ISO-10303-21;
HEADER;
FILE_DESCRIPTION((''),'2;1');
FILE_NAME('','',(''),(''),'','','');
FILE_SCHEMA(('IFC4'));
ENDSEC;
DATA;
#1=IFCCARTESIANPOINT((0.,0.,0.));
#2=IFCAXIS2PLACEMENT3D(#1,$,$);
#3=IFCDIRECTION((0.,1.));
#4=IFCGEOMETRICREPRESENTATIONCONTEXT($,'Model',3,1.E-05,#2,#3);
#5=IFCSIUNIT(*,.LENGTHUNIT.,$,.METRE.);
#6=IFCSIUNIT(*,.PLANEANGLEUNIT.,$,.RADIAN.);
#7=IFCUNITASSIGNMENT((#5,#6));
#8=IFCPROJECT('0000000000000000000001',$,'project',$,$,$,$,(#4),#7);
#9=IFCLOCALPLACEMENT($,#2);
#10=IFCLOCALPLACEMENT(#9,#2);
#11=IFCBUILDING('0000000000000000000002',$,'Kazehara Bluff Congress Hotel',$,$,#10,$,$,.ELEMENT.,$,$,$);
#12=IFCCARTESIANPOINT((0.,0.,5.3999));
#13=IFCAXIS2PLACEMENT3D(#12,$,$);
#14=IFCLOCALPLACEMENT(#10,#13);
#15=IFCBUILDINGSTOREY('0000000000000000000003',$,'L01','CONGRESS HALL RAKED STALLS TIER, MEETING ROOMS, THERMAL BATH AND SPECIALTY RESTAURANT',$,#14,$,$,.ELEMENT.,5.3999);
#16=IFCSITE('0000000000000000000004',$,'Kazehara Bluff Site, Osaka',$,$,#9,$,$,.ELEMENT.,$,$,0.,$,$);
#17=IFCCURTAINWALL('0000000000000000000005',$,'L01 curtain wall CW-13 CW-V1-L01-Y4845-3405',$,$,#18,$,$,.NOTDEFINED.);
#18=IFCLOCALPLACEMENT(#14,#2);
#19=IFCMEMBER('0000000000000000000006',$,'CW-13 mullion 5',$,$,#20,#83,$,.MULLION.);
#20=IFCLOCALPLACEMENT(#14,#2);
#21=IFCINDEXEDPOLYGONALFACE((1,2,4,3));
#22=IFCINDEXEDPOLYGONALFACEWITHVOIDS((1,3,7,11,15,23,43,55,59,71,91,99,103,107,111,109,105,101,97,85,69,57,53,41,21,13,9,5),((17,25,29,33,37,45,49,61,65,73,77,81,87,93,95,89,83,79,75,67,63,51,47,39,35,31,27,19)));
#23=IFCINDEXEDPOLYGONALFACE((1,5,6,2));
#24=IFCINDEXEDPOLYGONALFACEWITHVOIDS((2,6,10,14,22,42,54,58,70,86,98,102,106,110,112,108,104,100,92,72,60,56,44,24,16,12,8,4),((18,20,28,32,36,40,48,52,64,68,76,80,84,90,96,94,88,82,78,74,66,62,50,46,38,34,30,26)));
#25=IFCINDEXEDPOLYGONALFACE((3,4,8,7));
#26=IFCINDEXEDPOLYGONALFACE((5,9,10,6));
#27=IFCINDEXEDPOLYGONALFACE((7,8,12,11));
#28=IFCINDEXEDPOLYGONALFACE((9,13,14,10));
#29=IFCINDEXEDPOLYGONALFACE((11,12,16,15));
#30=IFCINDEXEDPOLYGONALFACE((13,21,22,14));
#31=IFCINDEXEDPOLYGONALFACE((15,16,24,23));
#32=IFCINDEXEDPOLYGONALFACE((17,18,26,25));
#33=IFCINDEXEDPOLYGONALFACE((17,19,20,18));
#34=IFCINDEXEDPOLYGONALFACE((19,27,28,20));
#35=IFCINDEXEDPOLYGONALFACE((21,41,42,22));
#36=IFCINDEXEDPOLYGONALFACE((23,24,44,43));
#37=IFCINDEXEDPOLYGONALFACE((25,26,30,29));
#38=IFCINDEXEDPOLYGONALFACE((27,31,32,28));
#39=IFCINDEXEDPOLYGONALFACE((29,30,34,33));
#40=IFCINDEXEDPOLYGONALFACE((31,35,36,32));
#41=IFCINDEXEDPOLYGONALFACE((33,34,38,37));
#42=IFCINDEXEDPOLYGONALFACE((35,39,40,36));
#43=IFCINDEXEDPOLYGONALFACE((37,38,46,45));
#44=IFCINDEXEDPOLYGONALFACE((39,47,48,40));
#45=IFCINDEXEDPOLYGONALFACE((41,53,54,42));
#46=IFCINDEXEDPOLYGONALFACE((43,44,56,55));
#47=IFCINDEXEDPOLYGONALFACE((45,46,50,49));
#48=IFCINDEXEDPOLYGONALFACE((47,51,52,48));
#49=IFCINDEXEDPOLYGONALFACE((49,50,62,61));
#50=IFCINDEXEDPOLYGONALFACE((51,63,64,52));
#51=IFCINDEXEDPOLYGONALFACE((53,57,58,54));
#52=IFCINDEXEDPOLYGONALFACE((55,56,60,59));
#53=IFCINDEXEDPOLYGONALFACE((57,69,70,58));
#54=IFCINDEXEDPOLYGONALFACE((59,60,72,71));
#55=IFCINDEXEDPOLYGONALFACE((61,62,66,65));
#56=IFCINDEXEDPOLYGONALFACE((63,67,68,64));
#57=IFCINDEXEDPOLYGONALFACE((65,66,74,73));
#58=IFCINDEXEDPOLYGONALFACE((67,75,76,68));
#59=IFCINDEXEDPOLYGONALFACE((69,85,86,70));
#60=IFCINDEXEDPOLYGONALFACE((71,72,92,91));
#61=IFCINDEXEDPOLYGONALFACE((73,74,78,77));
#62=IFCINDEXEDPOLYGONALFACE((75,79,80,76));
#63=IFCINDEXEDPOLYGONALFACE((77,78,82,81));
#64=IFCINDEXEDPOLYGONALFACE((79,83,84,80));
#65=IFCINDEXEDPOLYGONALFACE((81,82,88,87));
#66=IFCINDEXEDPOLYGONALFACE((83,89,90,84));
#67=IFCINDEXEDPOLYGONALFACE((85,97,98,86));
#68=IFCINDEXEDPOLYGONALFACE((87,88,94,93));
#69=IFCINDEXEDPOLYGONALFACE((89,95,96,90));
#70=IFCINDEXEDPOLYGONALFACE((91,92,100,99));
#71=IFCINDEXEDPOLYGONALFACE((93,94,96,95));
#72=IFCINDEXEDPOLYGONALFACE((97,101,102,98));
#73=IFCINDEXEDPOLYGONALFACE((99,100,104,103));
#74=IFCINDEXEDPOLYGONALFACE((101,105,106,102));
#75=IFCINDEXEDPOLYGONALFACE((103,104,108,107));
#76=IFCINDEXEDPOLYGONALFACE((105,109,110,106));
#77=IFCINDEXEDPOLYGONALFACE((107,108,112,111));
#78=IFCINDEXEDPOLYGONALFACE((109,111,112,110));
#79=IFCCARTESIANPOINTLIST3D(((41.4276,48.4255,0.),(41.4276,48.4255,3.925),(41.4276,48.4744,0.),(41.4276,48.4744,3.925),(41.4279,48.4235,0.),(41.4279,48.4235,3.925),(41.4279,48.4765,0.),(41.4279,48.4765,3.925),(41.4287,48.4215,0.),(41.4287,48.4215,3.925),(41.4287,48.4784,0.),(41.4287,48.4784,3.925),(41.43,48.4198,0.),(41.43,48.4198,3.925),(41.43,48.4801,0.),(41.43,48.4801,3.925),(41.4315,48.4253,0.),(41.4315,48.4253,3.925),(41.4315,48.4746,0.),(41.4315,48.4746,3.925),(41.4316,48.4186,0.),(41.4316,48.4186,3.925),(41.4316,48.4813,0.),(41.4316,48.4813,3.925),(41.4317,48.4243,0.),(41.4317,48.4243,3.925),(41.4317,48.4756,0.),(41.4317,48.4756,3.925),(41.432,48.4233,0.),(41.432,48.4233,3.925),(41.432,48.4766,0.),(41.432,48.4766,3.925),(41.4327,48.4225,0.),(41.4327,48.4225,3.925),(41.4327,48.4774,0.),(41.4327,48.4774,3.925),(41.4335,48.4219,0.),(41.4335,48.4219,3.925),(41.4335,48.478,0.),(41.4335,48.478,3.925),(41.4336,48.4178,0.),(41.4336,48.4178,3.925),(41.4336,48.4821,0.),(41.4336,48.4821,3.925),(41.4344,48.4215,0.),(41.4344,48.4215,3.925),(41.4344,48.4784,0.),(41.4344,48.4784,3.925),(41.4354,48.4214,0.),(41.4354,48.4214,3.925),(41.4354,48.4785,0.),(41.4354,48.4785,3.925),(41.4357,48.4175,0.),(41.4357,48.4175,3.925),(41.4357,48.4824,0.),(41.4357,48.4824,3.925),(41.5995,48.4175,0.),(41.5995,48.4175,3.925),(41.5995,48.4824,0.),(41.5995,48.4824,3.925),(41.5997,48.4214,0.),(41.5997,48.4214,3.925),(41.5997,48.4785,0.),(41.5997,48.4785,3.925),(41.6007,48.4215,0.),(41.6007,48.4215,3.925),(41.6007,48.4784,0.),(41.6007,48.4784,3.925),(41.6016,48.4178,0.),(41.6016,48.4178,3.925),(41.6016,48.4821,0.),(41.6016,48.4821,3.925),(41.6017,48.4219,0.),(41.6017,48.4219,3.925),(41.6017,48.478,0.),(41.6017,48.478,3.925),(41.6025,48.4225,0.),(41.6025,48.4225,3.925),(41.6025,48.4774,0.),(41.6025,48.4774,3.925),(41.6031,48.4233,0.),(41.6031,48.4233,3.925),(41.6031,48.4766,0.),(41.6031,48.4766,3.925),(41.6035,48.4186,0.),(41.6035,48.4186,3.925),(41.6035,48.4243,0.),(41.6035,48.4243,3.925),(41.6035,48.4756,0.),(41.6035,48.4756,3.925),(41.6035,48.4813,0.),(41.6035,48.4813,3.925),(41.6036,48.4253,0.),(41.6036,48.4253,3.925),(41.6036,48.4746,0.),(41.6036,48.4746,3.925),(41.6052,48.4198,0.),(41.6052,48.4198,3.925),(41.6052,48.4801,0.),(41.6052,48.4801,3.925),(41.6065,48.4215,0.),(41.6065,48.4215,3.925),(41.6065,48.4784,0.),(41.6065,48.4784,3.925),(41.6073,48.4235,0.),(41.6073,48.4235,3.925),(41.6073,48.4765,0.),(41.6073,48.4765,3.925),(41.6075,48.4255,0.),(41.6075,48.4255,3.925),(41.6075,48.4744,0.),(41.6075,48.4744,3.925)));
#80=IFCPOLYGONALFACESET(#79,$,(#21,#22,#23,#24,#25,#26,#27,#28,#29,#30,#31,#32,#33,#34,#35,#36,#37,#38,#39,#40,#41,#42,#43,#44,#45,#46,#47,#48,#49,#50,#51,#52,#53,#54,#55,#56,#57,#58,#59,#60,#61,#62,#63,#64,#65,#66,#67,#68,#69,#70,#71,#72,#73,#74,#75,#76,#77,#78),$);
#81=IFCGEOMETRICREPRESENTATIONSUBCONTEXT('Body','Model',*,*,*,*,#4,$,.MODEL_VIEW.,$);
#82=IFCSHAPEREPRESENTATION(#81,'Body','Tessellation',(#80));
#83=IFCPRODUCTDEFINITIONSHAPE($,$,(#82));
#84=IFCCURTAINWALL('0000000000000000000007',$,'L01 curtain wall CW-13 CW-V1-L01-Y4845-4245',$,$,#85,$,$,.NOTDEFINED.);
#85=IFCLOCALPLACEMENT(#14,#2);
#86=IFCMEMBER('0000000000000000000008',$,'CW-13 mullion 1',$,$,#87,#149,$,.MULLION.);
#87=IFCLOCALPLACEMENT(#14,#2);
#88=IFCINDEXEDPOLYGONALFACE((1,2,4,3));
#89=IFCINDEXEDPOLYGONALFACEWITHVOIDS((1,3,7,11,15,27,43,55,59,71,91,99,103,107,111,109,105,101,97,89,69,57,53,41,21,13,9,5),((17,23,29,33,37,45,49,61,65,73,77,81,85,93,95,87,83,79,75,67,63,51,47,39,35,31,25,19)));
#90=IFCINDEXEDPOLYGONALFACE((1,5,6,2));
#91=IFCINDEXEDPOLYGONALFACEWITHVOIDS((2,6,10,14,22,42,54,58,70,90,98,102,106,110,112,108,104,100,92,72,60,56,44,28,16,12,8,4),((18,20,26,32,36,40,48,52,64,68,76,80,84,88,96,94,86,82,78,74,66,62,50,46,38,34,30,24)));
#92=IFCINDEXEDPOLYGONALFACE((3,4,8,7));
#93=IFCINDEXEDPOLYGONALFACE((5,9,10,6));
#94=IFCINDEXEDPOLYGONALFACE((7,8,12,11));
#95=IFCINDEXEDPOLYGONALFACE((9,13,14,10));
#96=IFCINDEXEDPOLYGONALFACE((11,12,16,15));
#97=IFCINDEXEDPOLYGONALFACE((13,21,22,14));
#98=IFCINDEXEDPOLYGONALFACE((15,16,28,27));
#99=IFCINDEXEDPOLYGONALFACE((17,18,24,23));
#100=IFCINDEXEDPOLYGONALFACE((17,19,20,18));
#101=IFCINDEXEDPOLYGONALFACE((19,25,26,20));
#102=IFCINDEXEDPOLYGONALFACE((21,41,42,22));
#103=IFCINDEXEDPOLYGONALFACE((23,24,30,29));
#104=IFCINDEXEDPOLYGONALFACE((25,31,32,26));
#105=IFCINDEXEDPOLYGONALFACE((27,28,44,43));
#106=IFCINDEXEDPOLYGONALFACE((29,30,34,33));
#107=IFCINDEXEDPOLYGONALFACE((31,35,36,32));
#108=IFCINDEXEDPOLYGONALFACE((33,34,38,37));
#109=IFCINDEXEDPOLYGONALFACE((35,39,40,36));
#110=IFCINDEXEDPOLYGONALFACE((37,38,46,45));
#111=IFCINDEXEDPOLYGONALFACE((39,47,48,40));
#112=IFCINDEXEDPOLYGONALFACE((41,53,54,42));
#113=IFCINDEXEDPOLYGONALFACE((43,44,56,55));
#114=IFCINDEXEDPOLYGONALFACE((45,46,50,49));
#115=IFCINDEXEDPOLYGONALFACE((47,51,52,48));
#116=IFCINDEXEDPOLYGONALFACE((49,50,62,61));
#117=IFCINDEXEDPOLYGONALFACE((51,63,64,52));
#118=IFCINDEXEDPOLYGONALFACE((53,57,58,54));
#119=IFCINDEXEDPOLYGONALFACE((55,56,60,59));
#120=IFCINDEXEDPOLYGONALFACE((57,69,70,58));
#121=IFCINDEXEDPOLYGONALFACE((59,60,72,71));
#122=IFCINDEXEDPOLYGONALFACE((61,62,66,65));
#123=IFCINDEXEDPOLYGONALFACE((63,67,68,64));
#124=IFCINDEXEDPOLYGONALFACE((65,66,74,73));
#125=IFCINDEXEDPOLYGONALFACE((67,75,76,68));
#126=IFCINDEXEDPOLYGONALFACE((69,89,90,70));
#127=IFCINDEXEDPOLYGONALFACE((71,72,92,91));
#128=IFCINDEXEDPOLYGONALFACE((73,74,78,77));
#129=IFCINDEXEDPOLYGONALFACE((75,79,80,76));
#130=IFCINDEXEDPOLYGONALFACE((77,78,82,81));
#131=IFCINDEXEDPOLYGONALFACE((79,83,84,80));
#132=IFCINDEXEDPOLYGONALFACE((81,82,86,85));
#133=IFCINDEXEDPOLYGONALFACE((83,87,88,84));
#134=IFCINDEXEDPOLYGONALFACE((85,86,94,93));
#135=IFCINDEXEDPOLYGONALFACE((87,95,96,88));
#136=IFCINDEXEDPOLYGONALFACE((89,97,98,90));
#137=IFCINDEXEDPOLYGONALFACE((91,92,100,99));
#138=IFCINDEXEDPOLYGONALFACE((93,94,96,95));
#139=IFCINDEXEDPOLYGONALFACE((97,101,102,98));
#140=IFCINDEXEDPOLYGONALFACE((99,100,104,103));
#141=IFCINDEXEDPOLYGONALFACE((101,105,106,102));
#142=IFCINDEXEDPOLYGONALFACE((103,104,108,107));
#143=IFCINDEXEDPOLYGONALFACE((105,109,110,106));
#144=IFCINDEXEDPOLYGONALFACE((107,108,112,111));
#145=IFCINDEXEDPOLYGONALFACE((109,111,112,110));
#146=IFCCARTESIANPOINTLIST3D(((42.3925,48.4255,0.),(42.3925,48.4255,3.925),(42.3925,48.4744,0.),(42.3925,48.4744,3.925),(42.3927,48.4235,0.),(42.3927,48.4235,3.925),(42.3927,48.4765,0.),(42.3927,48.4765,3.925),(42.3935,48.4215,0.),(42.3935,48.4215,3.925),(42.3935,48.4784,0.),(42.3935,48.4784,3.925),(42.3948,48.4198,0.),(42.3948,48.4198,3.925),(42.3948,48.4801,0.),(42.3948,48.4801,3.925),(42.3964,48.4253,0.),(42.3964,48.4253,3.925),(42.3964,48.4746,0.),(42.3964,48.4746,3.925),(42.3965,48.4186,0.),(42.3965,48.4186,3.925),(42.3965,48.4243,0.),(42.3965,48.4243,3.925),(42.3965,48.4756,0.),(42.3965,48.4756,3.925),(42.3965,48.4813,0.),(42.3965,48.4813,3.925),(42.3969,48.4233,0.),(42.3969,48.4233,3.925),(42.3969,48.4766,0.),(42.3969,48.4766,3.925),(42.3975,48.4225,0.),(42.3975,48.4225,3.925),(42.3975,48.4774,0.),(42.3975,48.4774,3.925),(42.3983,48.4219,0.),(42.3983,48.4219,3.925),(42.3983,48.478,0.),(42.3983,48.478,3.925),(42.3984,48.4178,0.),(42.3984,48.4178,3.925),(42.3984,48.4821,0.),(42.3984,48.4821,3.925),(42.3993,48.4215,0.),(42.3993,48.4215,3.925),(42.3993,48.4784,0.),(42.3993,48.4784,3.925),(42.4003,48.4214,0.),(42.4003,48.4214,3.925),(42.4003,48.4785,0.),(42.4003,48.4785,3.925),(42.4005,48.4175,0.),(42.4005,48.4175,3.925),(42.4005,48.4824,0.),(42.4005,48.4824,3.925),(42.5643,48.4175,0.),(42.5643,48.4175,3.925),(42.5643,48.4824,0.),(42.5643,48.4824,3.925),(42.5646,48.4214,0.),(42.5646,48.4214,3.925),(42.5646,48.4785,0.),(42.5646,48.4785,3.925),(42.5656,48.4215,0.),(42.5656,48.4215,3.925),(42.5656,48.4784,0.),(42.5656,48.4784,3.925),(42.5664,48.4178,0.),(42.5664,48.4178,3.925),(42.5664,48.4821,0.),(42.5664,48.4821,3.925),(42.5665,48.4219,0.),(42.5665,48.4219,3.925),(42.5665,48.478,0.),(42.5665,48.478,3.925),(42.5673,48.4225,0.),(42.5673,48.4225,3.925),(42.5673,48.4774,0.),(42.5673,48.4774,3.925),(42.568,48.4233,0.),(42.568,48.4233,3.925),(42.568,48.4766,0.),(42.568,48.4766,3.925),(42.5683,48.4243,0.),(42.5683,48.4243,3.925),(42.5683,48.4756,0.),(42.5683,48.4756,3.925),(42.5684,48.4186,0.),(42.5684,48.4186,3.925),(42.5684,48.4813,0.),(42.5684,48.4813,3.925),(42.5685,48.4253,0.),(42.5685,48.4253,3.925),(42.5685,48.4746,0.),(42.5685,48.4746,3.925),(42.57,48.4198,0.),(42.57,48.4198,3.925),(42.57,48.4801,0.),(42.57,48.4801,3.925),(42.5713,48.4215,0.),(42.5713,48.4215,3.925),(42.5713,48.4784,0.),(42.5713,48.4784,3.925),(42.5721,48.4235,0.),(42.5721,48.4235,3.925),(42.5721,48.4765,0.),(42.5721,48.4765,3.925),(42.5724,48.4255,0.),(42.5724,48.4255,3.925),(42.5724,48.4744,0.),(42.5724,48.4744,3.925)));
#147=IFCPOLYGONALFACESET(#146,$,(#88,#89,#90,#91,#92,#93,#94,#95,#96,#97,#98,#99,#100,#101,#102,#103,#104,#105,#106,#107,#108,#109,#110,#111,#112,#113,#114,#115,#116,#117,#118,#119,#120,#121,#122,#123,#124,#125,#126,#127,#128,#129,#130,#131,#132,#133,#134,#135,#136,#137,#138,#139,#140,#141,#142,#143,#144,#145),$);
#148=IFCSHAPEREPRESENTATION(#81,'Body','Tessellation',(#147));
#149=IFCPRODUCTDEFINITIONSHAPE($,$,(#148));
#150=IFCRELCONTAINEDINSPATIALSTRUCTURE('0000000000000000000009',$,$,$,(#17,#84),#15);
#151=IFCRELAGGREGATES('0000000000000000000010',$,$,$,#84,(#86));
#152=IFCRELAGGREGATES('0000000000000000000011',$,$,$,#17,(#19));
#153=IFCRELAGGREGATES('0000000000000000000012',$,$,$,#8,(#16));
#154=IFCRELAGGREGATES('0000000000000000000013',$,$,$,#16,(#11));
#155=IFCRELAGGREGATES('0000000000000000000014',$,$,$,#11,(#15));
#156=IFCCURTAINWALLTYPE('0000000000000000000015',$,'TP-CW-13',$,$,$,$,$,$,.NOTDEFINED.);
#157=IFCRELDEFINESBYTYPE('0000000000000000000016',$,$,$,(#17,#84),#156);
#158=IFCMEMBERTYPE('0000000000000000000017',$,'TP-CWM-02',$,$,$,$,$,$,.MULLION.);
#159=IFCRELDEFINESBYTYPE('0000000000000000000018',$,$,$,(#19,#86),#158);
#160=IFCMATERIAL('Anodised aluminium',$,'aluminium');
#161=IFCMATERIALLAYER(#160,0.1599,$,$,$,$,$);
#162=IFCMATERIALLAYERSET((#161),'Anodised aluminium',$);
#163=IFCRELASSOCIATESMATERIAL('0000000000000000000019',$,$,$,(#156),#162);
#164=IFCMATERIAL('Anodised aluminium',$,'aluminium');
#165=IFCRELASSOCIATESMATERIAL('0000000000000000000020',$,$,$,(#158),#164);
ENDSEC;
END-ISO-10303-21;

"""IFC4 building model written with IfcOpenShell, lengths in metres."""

from ifc_helpers import new_model, si_unit, direction, frame, origin, origin_2d, place, context, subcontext, project, spatial, hollow_rectangle, extrude, material, layer, layer_set, material_profile, profile_set, type_object, element, aggregate, save


model = new_model("IFC4")

# Units and contexts
model_context = context("Model", 3, precision=1e-05, world=origin(), true_north=direction((0.0, 1.0)))
body_context = subcontext(model_context, "Body", "Model", "MODEL_VIEW")
ifc_project = project(units=[si_unit("LENGTHUNIT", "METRE"), si_unit("PLANEANGLEUNIT", "RADIAN")], contexts=[model_context])

# Site, building, storey
site_placement = place(None, origin())
site = spatial("IfcSite", under=ifc_project, at=site_placement, Name="Kazehara Bluff Site, Osaka", CompositionType="ELEMENT", RefElevation=0.0)
building_placement = place(site_placement, origin())
building = spatial("IfcBuilding", under=site, at=building_placement, Name="Kazehara Bluff Congress Hotel", CompositionType="ELEMENT")
storey_placement = place(building_placement, frame((0.0, 0.0, 5.3999)))
storey = spatial("IfcBuildingStorey", under=building, at=storey_placement, Name="L01", Description="CONGRESS HALL RAKED STALLS TIER, MEETING ROOMS, THERMAL BATH AND SPECIALTY RESTAURANT", CompositionType="ELEMENT", Elevation=5.3999)

# Curtain wall, member
ifc_material_1 = material(Name="Anodised aluminium", Category="aluminium")
ifc_layer_1 = layer(ifc_material_1, 0.1599)
ifc_layer_set_1 = layer_set([ifc_layer_1], Name="Anodised aluminium")
curtain_wall_type = type_object("IfcCurtainWallType", Name="TP-CW-13", PredefinedType="NOTDEFINED", material=ifc_layer_set_1)
curtain_wall_1_placement = place(storey_placement, origin())
curtain_wall_1 = element("IfcCurtainWall", 1, at=curtain_wall_1_placement, inside=storey, type_object=curtain_wall_type, Name="L01 curtain wall CW-13 CW-V1-L01-Y4845-3405", PredefinedType="NOTDEFINED")
ifc_material_2 = material(Name="Anodised aluminium", Category="aluminium")
ifc_material_profile_1 = material_profile(ifc_material_2, hollow_rectangle(XDim=0.0649, YDim=0.1799, WallThickness=0.0039, InnerFilletRadius=0.0039, OuterFilletRadius=0.0081, at=origin_2d()))
ifc_profile_set_1 = profile_set([ifc_material_profile_1], Name="Anodised aluminium")
member_type_1 = type_object("IfcMemberType", Name="TP-CWM-02", PredefinedType="MULLION", material=ifc_profile_set_1)
member_1_placement = place(storey_placement, frame((41.5176, 48.45, 0.0), z_axis=(0.0, 0.0, 1.0), x_axis=(0.0, 1.0, 0.0)))
member_1 = element("IfcMember", 2, at=member_1_placement, type_object=member_type_1, Name="CW-13 mullion 5", PredefinedType="MULLION", context=body_context, shape_type="SweptSolid", body=[
    extrude(hollow_rectangle(XDim=0.0649, YDim=0.1799, WallThickness=0.0039, InnerFilletRadius=0.0039, OuterFilletRadius=0.0081, at=origin_2d()), origin(), (0.0, 0.0, 1.0), 3.925),
])

# Curtain wall, member
curtain_wall_2_placement = place(storey_placement, origin())
curtain_wall_2 = element("IfcCurtainWall", 3, at=curtain_wall_2_placement, inside=storey, type_object=curtain_wall_type, Name="L01 curtain wall CW-13 CW-V1-L01-Y4845-4245", PredefinedType="NOTDEFINED")
member_2_placement = place(storey_placement, frame((42.4824, 48.45, 0.0), z_axis=(0.0, 0.0, 1.0), x_axis=(0.0, 1.0, 0.0)))
member_2 = element("IfcMember", 4, at=member_2_placement, type_object=member_type_1, Name="CW-13 mullion 1", PredefinedType="MULLION", context=body_context, shape_type="SweptSolid", body=[
    extrude(hollow_rectangle(XDim=0.0649, YDim=0.1799, WallThickness=0.0039, InnerFilletRadius=0.0039, OuterFilletRadius=0.0081, at=origin_2d()), origin(), (0.0, 0.0, 1.0), 3.925),
])
aggregate(curtain_wall_2, [member_2])

aggregate(curtain_wall_1, [member_1])

save(model, "model.ifc")
